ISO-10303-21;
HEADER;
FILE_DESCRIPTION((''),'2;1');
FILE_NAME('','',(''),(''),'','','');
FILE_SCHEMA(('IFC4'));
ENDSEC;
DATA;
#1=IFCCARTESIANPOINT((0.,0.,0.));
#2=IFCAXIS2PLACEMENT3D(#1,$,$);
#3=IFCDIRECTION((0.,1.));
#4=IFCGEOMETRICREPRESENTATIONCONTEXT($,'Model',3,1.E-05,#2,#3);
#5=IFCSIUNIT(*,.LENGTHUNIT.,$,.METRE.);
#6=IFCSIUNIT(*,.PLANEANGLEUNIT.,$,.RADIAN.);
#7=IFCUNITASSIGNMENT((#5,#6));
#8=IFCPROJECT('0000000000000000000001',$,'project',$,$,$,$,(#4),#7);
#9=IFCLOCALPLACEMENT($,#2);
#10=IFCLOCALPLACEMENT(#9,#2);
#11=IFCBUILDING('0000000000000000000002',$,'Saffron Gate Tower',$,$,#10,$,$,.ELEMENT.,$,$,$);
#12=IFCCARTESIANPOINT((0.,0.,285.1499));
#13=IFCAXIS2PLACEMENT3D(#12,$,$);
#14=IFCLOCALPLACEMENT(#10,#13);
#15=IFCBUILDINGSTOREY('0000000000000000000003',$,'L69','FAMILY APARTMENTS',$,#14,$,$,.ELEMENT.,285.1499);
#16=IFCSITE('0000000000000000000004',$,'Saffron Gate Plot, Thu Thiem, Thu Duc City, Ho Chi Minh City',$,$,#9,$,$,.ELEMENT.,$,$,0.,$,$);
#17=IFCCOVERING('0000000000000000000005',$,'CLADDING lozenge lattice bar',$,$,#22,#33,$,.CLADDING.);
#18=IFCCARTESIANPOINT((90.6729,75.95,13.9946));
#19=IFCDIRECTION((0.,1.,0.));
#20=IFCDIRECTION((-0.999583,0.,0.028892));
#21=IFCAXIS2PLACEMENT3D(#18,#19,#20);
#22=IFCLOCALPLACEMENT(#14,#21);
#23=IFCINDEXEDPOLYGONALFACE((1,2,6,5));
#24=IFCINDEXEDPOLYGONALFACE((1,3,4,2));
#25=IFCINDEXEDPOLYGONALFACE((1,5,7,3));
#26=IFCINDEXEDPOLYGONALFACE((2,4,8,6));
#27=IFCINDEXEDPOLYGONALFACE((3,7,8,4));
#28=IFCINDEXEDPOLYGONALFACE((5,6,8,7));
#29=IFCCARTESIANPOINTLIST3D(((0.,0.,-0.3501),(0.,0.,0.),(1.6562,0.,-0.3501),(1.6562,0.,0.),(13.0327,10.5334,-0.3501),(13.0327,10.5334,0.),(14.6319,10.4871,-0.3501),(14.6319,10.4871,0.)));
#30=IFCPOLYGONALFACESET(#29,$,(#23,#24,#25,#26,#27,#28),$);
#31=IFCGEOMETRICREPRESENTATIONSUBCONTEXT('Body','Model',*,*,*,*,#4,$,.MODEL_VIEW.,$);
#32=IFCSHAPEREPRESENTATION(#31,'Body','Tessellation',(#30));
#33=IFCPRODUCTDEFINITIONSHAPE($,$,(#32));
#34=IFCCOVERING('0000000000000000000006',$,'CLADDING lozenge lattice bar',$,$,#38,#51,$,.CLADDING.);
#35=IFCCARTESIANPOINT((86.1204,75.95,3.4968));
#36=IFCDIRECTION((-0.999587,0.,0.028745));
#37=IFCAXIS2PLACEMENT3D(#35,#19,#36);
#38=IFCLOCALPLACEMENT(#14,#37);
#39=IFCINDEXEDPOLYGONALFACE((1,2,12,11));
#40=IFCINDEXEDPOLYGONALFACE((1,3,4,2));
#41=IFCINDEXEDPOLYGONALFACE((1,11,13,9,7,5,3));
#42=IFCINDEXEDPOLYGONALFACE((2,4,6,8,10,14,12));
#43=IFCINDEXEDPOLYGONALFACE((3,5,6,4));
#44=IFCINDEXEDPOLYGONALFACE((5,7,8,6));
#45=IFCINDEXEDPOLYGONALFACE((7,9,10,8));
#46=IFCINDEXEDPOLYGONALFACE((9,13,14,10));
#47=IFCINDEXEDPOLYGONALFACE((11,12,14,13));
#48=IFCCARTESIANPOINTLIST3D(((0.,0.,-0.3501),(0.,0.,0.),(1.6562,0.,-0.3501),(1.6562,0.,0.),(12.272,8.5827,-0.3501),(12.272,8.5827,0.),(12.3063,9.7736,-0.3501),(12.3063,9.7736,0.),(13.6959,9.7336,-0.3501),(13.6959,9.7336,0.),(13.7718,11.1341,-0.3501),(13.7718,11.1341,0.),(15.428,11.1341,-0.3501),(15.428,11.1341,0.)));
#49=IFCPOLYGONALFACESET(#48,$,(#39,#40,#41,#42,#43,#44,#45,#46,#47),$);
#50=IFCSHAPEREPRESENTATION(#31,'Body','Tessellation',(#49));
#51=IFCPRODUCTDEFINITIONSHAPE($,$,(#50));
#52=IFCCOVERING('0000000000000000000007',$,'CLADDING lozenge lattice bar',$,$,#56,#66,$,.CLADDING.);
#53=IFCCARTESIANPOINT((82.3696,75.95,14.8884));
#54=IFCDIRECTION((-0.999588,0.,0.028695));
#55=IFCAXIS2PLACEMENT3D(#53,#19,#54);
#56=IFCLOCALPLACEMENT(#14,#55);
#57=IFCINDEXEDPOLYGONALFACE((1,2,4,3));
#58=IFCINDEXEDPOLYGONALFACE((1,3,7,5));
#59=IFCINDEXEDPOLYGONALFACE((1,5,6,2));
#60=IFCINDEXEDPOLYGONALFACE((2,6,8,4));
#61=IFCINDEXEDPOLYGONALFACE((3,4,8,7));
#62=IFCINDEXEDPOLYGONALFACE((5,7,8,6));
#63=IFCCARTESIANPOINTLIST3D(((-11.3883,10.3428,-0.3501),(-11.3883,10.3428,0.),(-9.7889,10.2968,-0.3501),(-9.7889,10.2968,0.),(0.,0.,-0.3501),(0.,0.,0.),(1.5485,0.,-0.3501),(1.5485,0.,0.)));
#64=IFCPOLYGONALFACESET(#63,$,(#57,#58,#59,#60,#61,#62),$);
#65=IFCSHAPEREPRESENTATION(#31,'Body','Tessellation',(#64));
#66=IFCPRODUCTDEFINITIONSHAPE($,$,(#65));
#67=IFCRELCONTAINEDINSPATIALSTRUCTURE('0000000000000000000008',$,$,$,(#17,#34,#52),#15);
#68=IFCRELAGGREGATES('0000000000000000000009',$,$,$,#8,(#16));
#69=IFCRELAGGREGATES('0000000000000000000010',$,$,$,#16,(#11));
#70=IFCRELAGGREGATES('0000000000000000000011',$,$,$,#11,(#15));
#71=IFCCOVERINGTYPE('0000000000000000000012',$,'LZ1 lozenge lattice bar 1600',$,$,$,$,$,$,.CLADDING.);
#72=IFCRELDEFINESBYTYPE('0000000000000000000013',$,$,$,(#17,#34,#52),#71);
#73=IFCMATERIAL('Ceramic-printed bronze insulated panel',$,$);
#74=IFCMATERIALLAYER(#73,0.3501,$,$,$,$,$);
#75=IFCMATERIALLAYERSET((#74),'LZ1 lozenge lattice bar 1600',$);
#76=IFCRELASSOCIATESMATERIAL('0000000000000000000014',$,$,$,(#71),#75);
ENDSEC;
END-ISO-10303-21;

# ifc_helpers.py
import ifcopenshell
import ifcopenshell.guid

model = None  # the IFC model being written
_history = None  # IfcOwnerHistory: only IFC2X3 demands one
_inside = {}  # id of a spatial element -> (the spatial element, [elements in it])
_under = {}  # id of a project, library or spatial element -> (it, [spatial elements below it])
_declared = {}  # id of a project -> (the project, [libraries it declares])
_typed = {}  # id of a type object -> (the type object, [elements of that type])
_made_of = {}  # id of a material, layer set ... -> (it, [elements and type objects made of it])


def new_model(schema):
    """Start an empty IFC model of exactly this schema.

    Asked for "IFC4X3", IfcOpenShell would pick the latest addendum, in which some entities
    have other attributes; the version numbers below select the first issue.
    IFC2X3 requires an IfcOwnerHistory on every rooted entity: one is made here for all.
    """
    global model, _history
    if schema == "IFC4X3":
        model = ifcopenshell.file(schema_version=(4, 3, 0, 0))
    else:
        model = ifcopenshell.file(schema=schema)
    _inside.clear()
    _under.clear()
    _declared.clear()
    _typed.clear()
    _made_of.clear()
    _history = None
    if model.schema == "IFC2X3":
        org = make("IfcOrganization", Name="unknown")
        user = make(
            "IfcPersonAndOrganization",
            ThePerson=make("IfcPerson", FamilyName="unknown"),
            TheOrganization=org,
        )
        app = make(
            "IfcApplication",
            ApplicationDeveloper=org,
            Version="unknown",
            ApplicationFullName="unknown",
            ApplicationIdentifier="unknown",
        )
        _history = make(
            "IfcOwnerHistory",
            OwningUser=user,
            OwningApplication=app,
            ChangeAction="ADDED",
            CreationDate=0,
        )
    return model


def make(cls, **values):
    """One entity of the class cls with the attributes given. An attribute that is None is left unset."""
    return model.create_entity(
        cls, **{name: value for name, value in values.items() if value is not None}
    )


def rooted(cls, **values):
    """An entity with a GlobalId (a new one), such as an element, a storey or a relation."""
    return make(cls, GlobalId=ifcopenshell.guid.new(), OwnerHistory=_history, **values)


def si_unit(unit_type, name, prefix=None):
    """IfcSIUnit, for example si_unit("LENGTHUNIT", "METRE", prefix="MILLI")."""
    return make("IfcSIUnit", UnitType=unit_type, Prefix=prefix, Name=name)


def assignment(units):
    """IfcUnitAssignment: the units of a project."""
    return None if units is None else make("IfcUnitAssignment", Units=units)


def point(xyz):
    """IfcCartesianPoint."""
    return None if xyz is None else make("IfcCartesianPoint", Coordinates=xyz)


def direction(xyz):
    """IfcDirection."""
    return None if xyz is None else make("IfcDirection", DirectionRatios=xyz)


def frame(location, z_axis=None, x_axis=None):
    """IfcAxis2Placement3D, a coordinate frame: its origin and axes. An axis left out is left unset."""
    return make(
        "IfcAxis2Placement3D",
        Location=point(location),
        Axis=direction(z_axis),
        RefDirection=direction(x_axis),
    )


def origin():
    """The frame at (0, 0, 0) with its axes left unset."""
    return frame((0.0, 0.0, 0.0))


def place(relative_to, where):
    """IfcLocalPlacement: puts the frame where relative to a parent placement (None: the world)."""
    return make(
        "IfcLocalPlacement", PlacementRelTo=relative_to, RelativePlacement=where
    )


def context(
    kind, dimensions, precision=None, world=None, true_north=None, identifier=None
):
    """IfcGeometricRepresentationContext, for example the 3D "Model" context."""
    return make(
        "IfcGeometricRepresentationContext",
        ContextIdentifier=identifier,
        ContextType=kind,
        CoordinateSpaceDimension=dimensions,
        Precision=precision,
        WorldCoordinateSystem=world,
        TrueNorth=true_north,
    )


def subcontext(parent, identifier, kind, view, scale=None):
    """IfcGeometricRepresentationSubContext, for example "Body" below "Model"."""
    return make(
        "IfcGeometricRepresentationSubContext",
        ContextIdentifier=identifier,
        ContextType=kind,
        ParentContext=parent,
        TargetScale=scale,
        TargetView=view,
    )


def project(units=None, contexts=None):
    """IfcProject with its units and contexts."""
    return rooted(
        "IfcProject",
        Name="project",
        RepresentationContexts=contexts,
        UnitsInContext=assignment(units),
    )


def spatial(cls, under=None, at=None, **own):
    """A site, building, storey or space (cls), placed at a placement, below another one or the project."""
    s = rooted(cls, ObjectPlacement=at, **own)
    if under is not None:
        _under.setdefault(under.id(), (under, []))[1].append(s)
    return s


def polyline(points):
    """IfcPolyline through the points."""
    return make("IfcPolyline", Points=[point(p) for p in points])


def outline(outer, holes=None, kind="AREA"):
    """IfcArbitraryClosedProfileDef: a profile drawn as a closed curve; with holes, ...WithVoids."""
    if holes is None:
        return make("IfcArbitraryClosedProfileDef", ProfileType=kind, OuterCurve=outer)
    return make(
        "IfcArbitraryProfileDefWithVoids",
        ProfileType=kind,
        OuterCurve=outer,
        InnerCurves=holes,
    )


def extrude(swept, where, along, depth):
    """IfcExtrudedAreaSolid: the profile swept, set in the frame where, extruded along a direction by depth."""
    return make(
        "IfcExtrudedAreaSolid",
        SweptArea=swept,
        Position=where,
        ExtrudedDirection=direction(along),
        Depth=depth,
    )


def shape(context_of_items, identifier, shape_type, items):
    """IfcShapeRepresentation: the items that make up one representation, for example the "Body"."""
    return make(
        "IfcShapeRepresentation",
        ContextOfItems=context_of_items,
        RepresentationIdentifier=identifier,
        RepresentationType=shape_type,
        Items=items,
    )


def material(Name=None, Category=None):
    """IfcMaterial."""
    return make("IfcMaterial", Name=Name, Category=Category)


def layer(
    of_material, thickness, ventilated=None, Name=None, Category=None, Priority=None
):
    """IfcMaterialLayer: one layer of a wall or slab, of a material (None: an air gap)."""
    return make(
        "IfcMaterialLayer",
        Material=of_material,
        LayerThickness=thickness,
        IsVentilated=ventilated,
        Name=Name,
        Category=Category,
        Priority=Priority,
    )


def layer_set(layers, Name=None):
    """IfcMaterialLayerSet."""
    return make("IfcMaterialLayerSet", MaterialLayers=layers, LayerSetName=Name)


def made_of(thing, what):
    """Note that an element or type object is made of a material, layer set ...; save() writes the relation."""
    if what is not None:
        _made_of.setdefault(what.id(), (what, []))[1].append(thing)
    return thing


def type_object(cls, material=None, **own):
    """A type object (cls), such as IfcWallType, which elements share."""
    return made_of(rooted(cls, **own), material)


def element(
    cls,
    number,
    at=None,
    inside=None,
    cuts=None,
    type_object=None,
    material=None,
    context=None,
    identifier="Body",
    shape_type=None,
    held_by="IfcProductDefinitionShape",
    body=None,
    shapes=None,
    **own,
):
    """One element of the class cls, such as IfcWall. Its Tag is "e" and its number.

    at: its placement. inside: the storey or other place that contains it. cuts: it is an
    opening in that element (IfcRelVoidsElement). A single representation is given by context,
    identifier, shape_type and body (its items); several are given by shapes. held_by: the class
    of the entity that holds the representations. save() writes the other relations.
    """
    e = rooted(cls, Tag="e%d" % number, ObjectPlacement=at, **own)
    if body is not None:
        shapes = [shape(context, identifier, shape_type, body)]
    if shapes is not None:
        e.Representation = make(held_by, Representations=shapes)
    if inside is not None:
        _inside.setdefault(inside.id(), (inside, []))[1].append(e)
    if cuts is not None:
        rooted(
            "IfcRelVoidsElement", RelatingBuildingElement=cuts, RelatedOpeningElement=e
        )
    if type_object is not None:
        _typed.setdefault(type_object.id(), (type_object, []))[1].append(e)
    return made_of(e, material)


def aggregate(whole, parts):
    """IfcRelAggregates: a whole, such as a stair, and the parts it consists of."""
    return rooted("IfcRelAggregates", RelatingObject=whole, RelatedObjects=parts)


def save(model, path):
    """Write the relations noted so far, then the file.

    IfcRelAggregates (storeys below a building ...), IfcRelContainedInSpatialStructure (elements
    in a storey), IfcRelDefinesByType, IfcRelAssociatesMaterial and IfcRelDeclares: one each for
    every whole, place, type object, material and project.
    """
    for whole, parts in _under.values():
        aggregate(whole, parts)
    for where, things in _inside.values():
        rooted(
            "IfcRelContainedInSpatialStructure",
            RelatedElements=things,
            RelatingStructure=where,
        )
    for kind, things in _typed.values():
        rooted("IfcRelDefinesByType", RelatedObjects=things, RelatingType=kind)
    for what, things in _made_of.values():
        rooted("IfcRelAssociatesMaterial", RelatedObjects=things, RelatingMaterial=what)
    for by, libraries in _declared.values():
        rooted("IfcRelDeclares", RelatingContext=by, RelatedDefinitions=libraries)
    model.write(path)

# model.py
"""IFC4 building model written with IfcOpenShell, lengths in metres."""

from ifc_helpers import new_model, si_unit, direction, frame, origin, place, context, subcontext, project, spatial, polyline, outline, extrude, material, layer, layer_set, type_object, element, save


model = new_model("IFC4")

# Units and contexts
model_context = context("Model", 3, precision=1e-05, world=origin(), true_north=direction((0.0, 1.0)))
body_context = subcontext(model_context, "Body", "Model", "MODEL_VIEW")
ifc_project = project(units=[si_unit("LENGTHUNIT", "METRE"), si_unit("PLANEANGLEUNIT", "RADIAN")], contexts=[model_context])

# Site, building, storey
site_placement = place(None, origin())
site = spatial("IfcSite", under=ifc_project, at=site_placement, Name="Saffron Gate Plot, Thu Thiem, Thu Duc City, Ho Chi Minh City", CompositionType="ELEMENT", RefElevation=0.0)
building_placement = place(site_placement, origin())
building = spatial("IfcBuilding", under=site, at=building_placement, Name="Saffron Gate Tower", CompositionType="ELEMENT")
storey_placement = place(building_placement, frame((0.0, 0.0, 285.1499)))
storey = spatial("IfcBuildingStorey", under=building, at=storey_placement, Name="L69", Description="FAMILY APARTMENTS", CompositionType="ELEMENT", Elevation=285.1499)

# Coverings
ifc_material_1 = material(Name="Ceramic-printed bronze insulated panel")
ifc_layer_1 = layer(ifc_material_1, 0.3501)
ifc_layer_set_1 = layer_set([ifc_layer_1], Name="LZ1 lozenge lattice bar 1600")
covering_type_1 = type_object("IfcCoveringType", Name="LZ1 lozenge lattice bar 1600", PredefinedType="CLADDING", material=ifc_layer_set_1)
covering_1_placement = place(storey_placement, frame((90.6729, 75.95, 13.9946), z_axis=(0.0, 1.0, 0.0), x_axis=(-0.999583, 0.0, 0.028892)))
element("IfcCovering", 1, at=covering_1_placement, inside=storey, type_object=covering_type_1, Name="CLADDING lozenge lattice bar", PredefinedType="CLADDING", context=body_context, shape_type="SweptSolid", body=[
    extrude(outline(polyline([(0.0, 0.0), (1.6562, 0.0), (14.6319, 10.4871), (13.0327, 10.5334), (0.0, 0.0)])), origin(), (0.0, 0.0, -1.0), 0.3501),
])
covering_2_placement = place(storey_placement, frame((86.1204, 75.95, 3.4968), z_axis=(0.0, 1.0, 0.0), x_axis=(-0.999587, 0.0, 0.028745)))
element("IfcCovering", 2, at=covering_2_placement, inside=storey, type_object=covering_type_1, Name="CLADDING lozenge lattice bar", PredefinedType="CLADDING", context=body_context, shape_type="SweptSolid", body=[
    extrude(outline(polyline([(0.0, 0.0), (1.6562, 0.0), (12.272, 8.5827), (12.3063, 9.7736), (13.6959, 9.7336), (15.428, 11.1341), (13.7718, 11.1341), (0.0, 0.0)])), origin(), (0.0, 0.0, -1.0), 0.3501),
])
covering_3_placement = place(storey_placement, frame((82.3696, 75.95, 14.8884), z_axis=(0.0, 1.0, 0.0), x_axis=(-0.999588, 0.0, 0.028695)))
element("IfcCovering", 3, at=covering_3_placement, inside=storey, type_object=covering_type_1, Name="CLADDING lozenge lattice bar", PredefinedType="CLADDING", context=body_context, shape_type="SweptSolid", body=[
    extrude(outline(polyline([(0.0, 0.0), (1.5485, 0.0), (-9.7889, 10.2968), (-11.3883, 10.3428), (0.0, 0.0)])), origin(), (0.0, 0.0, -1.0), 0.3501),
])

save(model, "model.ifc")
